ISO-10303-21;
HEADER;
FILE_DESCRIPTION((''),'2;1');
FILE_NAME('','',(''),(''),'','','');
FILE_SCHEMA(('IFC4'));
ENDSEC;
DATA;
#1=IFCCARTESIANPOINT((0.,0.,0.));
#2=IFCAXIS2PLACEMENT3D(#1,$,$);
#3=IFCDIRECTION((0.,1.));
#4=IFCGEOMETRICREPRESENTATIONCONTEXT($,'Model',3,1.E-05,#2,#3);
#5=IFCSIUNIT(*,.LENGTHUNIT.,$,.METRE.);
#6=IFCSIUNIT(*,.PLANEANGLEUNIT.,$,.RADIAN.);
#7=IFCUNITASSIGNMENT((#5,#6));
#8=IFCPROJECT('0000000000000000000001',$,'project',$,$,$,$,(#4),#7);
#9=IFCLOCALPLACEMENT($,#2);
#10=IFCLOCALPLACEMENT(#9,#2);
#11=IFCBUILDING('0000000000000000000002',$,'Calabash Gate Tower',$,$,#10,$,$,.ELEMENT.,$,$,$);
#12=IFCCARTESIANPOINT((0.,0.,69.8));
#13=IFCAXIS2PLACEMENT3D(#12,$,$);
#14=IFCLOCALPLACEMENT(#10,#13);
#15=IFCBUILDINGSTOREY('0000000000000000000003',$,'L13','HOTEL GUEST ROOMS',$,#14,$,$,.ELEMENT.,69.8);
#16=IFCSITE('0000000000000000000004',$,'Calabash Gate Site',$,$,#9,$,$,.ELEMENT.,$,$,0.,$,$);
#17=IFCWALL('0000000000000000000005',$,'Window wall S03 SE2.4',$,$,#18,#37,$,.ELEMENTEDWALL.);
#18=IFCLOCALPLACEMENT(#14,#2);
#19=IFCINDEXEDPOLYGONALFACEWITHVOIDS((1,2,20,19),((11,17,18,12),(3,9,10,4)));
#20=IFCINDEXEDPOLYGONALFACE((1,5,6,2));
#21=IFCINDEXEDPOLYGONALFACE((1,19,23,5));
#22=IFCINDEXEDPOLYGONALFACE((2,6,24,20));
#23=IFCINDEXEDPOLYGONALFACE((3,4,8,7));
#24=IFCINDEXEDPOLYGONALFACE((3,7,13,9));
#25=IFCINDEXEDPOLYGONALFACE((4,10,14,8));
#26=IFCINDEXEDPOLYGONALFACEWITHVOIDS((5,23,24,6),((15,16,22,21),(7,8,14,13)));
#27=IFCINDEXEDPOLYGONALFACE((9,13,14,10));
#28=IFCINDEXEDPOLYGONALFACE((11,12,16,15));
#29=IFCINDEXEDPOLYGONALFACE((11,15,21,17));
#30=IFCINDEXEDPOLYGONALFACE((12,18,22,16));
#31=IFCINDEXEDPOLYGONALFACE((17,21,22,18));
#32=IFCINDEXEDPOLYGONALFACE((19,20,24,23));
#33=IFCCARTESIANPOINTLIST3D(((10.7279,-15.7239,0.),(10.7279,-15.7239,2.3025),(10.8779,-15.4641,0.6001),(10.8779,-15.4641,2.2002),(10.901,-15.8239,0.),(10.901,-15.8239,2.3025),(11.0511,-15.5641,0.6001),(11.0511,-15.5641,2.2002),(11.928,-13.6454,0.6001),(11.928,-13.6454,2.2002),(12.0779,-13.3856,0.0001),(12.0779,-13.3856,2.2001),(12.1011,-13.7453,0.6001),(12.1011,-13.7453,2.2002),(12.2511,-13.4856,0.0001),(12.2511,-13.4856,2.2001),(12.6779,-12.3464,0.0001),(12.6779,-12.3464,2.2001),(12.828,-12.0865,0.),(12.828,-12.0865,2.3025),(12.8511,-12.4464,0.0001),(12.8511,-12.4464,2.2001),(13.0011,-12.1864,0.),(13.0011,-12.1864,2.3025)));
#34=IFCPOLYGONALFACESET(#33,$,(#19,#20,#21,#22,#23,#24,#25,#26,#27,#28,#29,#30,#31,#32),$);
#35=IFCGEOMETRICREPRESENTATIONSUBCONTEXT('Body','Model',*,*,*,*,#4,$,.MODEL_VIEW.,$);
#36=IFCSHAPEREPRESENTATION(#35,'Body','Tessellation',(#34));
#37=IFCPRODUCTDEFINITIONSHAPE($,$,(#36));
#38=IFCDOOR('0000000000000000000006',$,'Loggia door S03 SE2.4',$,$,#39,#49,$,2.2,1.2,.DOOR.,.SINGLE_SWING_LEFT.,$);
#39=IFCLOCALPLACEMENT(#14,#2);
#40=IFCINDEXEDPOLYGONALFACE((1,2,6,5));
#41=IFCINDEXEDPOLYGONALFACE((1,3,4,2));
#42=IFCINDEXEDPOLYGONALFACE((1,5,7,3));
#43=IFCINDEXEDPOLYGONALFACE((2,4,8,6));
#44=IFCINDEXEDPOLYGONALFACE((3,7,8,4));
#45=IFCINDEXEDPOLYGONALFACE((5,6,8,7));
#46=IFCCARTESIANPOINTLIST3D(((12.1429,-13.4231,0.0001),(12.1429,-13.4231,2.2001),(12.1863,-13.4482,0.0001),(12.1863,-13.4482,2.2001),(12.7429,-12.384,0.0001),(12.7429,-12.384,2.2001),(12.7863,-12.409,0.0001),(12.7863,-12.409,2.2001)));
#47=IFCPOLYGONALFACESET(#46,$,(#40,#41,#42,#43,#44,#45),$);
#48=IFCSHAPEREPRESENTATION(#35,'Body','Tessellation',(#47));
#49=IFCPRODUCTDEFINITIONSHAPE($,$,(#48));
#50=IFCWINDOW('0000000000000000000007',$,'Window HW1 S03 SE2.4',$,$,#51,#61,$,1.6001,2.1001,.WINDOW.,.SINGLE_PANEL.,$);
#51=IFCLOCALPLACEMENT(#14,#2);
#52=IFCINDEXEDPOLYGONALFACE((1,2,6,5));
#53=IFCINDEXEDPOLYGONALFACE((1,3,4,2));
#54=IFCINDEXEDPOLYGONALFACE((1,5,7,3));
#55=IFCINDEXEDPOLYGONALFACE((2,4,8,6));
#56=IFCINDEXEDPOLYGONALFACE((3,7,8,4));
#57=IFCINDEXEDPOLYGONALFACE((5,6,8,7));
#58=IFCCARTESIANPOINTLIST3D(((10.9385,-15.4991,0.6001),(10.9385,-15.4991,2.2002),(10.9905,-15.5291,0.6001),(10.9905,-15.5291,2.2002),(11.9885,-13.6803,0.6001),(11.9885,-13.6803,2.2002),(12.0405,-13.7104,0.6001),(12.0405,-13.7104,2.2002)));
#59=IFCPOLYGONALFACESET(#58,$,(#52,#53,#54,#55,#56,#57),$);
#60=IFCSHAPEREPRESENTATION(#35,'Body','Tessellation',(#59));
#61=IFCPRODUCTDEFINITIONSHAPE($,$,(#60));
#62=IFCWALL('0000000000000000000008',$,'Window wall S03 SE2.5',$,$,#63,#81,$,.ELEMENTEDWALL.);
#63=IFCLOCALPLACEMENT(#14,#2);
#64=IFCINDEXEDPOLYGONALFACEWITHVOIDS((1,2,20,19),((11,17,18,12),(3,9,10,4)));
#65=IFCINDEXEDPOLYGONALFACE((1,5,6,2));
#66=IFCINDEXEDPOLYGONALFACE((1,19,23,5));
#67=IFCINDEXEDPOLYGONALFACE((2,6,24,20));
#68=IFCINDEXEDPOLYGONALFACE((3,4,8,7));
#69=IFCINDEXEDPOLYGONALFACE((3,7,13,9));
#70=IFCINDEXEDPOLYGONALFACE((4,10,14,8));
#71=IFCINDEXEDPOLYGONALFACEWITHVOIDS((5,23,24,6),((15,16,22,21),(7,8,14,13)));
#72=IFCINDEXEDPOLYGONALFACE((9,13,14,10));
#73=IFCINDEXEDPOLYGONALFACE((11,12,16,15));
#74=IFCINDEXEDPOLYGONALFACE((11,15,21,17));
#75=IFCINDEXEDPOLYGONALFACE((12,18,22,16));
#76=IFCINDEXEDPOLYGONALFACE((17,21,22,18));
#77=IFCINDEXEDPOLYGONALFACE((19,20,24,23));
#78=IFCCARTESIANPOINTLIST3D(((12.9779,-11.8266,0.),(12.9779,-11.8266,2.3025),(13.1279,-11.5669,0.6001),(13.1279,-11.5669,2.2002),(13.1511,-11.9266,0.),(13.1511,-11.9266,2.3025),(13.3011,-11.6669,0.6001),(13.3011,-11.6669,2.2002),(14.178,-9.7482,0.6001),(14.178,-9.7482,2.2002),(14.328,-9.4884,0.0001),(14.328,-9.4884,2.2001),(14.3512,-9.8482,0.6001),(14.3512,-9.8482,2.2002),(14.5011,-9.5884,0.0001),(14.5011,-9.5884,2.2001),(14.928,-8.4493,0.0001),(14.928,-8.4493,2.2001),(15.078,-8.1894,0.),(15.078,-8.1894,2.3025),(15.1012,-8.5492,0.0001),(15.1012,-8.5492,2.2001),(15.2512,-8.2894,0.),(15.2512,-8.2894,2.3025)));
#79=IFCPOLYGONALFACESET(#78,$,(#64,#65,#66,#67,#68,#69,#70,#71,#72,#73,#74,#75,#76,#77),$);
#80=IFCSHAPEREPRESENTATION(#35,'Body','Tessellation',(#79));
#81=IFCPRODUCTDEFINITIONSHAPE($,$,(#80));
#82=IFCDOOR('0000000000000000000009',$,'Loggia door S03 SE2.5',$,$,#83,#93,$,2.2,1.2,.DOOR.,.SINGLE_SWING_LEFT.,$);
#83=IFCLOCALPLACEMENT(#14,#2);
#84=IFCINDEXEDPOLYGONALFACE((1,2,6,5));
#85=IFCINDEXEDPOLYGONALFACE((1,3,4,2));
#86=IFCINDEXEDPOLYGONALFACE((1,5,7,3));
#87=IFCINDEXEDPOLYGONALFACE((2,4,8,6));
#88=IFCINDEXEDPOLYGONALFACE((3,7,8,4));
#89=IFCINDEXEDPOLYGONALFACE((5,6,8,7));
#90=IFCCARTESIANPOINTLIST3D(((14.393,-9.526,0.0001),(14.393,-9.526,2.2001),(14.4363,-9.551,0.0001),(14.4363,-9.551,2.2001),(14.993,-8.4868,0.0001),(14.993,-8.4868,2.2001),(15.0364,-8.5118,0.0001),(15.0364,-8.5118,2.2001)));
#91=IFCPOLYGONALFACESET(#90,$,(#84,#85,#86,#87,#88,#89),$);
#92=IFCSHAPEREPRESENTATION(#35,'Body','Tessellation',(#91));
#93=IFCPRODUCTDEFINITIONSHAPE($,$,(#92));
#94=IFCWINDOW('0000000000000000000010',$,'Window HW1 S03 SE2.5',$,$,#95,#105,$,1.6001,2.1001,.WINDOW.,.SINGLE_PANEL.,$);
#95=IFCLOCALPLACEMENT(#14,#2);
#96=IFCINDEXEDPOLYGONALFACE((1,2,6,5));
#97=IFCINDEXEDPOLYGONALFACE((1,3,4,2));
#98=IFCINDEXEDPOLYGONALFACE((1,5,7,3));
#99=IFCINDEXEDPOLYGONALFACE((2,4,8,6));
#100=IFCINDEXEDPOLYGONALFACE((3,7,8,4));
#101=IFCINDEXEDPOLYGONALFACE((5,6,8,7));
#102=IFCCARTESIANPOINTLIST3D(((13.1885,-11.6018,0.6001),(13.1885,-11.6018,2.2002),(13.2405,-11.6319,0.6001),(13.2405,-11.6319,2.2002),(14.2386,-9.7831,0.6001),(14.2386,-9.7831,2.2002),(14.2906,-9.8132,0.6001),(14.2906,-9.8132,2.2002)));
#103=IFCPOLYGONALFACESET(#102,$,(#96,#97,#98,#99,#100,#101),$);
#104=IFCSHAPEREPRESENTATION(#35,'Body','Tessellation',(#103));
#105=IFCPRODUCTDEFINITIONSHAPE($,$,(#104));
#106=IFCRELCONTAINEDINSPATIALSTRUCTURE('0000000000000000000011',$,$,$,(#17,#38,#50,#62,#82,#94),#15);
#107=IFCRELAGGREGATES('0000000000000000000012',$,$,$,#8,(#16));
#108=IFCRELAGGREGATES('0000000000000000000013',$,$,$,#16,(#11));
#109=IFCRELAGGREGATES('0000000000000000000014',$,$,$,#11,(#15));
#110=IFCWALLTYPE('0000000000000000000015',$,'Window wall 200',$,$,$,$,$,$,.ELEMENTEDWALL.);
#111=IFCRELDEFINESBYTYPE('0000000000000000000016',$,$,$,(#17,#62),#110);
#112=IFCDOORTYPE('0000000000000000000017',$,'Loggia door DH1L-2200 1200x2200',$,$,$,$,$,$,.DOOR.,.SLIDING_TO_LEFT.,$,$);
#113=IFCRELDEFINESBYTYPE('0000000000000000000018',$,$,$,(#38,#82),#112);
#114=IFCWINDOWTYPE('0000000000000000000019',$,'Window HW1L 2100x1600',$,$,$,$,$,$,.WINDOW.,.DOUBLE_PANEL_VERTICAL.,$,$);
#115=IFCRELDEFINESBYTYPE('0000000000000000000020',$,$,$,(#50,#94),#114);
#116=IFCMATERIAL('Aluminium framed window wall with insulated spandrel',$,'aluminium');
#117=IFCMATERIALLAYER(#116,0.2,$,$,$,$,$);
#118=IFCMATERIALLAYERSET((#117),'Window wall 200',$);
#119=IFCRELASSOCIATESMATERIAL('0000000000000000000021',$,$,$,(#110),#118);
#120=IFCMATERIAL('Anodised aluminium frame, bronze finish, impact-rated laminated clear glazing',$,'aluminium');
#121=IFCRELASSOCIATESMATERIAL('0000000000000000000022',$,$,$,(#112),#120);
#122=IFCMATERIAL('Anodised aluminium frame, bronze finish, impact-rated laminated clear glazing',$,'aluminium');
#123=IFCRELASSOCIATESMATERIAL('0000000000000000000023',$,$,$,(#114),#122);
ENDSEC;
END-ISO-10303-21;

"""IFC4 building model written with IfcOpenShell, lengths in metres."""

from ifc_helpers import new_model, si_unit, direction, frame, frame_2d, origin, place, context, subcontext, project, spatial, rectangle, extrude, material, layer, layer_set, type_object, element, fill, save


model = new_model("IFC4")

# Units and contexts
model_context = context("Model", 3, precision=1e-05, world=origin(), true_north=direction((0.0, 1.0)))
body_context = subcontext(model_context, "Body", "Model", "MODEL_VIEW")
ifc_project = project(units=[si_unit("LENGTHUNIT", "METRE"), si_unit("PLANEANGLEUNIT", "RADIAN")], contexts=[model_context])

# Site, building, storey
site_placement = place(None, origin())
site = spatial("IfcSite", under=ifc_project, at=site_placement, Name="Calabash Gate Site", CompositionType="ELEMENT", RefElevation=0.0)
building_placement = place(site_placement, origin())
building = spatial("IfcBuilding", under=site, at=building_placement, Name="Calabash Gate Tower", CompositionType="ELEMENT")
storey_placement = place(building_placement, frame((0.0, 0.0, 69.8)))
storey = spatial("IfcBuildingStorey", under=building, at=storey_placement, Name="L13", Description="HOTEL GUEST ROOMS", CompositionType="ELEMENT", Elevation=69.8)

# Walls, openings, doors, windows
ifc_material_1 = material(Name="Aluminium framed window wall with insulated spandrel", Category="aluminium")
ifc_layer_1 = layer(ifc_material_1, 0.2)
ifc_layer_set_1 = layer_set([ifc_layer_1], Name="Window wall 200")
wall_type_1 = type_object("IfcWallType", Name="Window wall 200", PredefinedType="ELEMENTEDWALL", material=ifc_layer_set_1)
wall_1_placement = place(storey_placement, frame((10.8145, -15.7739, 0.0), z_axis=(0.0, 0.0, 1.0), x_axis=(0.500003, 0.866024, 0.0)))
wall_1 = element("IfcWall", 1, at=wall_1_placement, inside=storey, type_object=wall_type_1, Name="Window wall S03 SE2.4", PredefinedType="ELEMENTEDWALL", context=body_context, shape_type="SweptSolid", body=[
    extrude(rectangle(XDim=4.2002, YDim=0.2, at=frame_2d((2.1001, 0.0))), origin(), (0.0, 0.0, 1.0), 2.3025),
])
opening_1_placement = place(wall_1_placement, frame((0.3, 0.0, 0.6001)))
opening_1 = element("IfcOpeningElement", 2, at=opening_1_placement, cuts=wall_1, PredefinedType="OPENING", context=body_context, shape_type="SweptSolid", body=[
    extrude(rectangle(XDim=2.1001, YDim=1.6001, at=frame_2d((1.05, 0.8))), frame((0.0, 0.1099, 0.0), z_axis=(0.0, -1.0, 0.0), x_axis=(1.0, 0.0, 0.0)), (0.0, 0.0, 1.0), 0.22),
])
opening_2_placement = place(wall_1_placement, frame((2.7, 0.0, 0.0)))
opening_2 = element("IfcOpeningElement", 3, at=opening_2_placement, cuts=wall_1, PredefinedType="OPENING", context=body_context, shape_type="SweptSolid", body=[
    extrude(rectangle(XDim=1.2, YDim=2.2, at=frame_2d((0.6001, 1.1001))), frame((0.0, 0.1099, 0.0), z_axis=(0.0, -1.0, 0.0), x_axis=(1.0, 0.0, 0.0)), (0.0, 0.0, 1.0), 0.22),
])
ifc_material_2 = material(Name="Anodised aluminium frame, bronze finish, impact-rated laminated clear glazing", Category="aluminium")
door_type = type_object("IfcDoorType", Name="Loggia door DH1L-2200 1200x2200", OperationType="SLIDING_TO_LEFT", PredefinedType="DOOR", material=ifc_material_2)
door_1_placement = place(opening_2_placement, origin())
door_1 = element("IfcDoor", 4, at=door_1_placement, inside=storey, type_object=door_type, Name="Loggia door S03 SE2.4", OperationType="SINGLE_SWING_LEFT", OverallHeight=2.2, OverallWidth=1.2, PredefinedType="DOOR", context=body_context, shape_type="SweptSolid", body=[
    extrude(rectangle(XDim=1.2, YDim=2.2, at=frame_2d((0.6001, 1.1001))), frame((0.0, 0.0249, 0.0), z_axis=(0.0, -1.0, 0.0), x_axis=(1.0, 0.0, 0.0)), (0.0, 0.0, 1.0), 0.05),
])
fill(opening_2, door_1)
ifc_material_3 = material(Name="Anodised aluminium frame, bronze finish, impact-rated laminated clear glazing", Category="aluminium")
window_type = type_object("IfcWindowType", Name="Window HW1L 2100x1600", PartitioningType="DOUBLE_PANEL_VERTICAL", PredefinedType="WINDOW", material=ifc_material_3)
window_1_placement = place(opening_1_placement, origin())
window_1 = element("IfcWindow", 5, at=window_1_placement, inside=storey, type_object=window_type, Name="Window HW1 S03 SE2.4", OverallHeight=1.6001, OverallWidth=2.1001, PartitioningType="SINGLE_PANEL", PredefinedType="WINDOW", context=body_context, shape_type="SweptSolid", body=[
    extrude(rectangle(XDim=2.1001, YDim=1.6001, at=frame_2d((1.05, 0.8))), frame((0.0, 0.03, 0.0), z_axis=(0.0, -1.0, 0.0), x_axis=(1.0, 0.0, 0.0)), (0.0, 0.0, 1.0), 0.0601),
])
fill(opening_1, window_1)
wall_2_placement = place(storey_placement, frame((13.0645, -11.8767, 0.0), z_axis=(0.0, 0.0, 1.0), x_axis=(0.500028, 0.866009, 0.0)))
wall_2 = element("IfcWall", 6, at=wall_2_placement, inside=storey, type_object=wall_type_1, Name="Window wall S03 SE2.5", PredefinedType="ELEMENTEDWALL", context=body_context, shape_type="SweptSolid", body=[
    extrude(rectangle(XDim=4.2, YDim=0.2, at=frame_2d((2.1001, 0.0))), origin(), (0.0, 0.0, 1.0), 2.3025),
])
opening_3_placement = place(wall_2_placement, frame((0.3, 0.0, 0.6001)))
opening_3 = element("IfcOpeningElement", 7, at=opening_3_placement, cuts=wall_2, PredefinedType="OPENING", context=body_context, shape_type="SweptSolid", body=[
    extrude(rectangle(XDim=2.1001, YDim=1.6001, at=frame_2d((1.05, 0.8))), frame((0.0, 0.1099, 0.0), z_axis=(0.0, -1.0, 0.0), x_axis=(1.0, 0.0, 0.0)), (0.0, 0.0, 1.0), 0.22),
])
opening_4_placement = place(wall_2_placement, frame((2.7, 0.0, 0.0)))
opening_4 = element("IfcOpeningElement", 8, at=opening_4_placement, cuts=wall_2, PredefinedType="OPENING", context=body_context, shape_type="SweptSolid", body=[
    extrude(rectangle(XDim=1.2, YDim=2.2, at=frame_2d((0.6001, 1.1001))), frame((0.0, 0.1099, 0.0), z_axis=(0.0, -1.0, 0.0), x_axis=(1.0, 0.0, 0.0)), (0.0, 0.0, 1.0), 0.22),
])
door_2_placement = place(opening_4_placement, origin())
door_2 = element("IfcDoor", 9, at=door_2_placement, inside=storey, type_object=door_type, Name="Loggia door S03 SE2.5", OperationType="SINGLE_SWING_LEFT", OverallHeight=2.2, OverallWidth=1.2, PredefinedType="DOOR", context=body_context, shape_type="SweptSolid", body=[
    extrude(rectangle(XDim=1.2, YDim=2.2, at=frame_2d((0.6001, 1.1001))), frame((0.0, 0.0249, 0.0), z_axis=(0.0, -1.0, 0.0), x_axis=(1.0, 0.0, 0.0)), (0.0, 0.0, 1.0), 0.05),
])
fill(opening_4, door_2)
window_2_placement = place(opening_3_placement, origin())
window_2 = element("IfcWindow", 10, at=window_2_placement, inside=storey, type_object=window_type, Name="Window HW1 S03 SE2.5", OverallHeight=1.6001, OverallWidth=2.1001, PartitioningType="SINGLE_PANEL", PredefinedType="WINDOW", context=body_context, shape_type="SweptSolid", body=[
    extrude(rectangle(XDim=2.1001, YDim=1.6001, at=frame_2d((1.05, 0.8))), frame((0.0, 0.03, 0.0), z_axis=(0.0, -1.0, 0.0), x_axis=(1.0, 0.0, 0.0)), (0.0, 0.0, 1.0), 0.0601),
])
fill(opening_3, window_2)

save(model, "model.ifc")
